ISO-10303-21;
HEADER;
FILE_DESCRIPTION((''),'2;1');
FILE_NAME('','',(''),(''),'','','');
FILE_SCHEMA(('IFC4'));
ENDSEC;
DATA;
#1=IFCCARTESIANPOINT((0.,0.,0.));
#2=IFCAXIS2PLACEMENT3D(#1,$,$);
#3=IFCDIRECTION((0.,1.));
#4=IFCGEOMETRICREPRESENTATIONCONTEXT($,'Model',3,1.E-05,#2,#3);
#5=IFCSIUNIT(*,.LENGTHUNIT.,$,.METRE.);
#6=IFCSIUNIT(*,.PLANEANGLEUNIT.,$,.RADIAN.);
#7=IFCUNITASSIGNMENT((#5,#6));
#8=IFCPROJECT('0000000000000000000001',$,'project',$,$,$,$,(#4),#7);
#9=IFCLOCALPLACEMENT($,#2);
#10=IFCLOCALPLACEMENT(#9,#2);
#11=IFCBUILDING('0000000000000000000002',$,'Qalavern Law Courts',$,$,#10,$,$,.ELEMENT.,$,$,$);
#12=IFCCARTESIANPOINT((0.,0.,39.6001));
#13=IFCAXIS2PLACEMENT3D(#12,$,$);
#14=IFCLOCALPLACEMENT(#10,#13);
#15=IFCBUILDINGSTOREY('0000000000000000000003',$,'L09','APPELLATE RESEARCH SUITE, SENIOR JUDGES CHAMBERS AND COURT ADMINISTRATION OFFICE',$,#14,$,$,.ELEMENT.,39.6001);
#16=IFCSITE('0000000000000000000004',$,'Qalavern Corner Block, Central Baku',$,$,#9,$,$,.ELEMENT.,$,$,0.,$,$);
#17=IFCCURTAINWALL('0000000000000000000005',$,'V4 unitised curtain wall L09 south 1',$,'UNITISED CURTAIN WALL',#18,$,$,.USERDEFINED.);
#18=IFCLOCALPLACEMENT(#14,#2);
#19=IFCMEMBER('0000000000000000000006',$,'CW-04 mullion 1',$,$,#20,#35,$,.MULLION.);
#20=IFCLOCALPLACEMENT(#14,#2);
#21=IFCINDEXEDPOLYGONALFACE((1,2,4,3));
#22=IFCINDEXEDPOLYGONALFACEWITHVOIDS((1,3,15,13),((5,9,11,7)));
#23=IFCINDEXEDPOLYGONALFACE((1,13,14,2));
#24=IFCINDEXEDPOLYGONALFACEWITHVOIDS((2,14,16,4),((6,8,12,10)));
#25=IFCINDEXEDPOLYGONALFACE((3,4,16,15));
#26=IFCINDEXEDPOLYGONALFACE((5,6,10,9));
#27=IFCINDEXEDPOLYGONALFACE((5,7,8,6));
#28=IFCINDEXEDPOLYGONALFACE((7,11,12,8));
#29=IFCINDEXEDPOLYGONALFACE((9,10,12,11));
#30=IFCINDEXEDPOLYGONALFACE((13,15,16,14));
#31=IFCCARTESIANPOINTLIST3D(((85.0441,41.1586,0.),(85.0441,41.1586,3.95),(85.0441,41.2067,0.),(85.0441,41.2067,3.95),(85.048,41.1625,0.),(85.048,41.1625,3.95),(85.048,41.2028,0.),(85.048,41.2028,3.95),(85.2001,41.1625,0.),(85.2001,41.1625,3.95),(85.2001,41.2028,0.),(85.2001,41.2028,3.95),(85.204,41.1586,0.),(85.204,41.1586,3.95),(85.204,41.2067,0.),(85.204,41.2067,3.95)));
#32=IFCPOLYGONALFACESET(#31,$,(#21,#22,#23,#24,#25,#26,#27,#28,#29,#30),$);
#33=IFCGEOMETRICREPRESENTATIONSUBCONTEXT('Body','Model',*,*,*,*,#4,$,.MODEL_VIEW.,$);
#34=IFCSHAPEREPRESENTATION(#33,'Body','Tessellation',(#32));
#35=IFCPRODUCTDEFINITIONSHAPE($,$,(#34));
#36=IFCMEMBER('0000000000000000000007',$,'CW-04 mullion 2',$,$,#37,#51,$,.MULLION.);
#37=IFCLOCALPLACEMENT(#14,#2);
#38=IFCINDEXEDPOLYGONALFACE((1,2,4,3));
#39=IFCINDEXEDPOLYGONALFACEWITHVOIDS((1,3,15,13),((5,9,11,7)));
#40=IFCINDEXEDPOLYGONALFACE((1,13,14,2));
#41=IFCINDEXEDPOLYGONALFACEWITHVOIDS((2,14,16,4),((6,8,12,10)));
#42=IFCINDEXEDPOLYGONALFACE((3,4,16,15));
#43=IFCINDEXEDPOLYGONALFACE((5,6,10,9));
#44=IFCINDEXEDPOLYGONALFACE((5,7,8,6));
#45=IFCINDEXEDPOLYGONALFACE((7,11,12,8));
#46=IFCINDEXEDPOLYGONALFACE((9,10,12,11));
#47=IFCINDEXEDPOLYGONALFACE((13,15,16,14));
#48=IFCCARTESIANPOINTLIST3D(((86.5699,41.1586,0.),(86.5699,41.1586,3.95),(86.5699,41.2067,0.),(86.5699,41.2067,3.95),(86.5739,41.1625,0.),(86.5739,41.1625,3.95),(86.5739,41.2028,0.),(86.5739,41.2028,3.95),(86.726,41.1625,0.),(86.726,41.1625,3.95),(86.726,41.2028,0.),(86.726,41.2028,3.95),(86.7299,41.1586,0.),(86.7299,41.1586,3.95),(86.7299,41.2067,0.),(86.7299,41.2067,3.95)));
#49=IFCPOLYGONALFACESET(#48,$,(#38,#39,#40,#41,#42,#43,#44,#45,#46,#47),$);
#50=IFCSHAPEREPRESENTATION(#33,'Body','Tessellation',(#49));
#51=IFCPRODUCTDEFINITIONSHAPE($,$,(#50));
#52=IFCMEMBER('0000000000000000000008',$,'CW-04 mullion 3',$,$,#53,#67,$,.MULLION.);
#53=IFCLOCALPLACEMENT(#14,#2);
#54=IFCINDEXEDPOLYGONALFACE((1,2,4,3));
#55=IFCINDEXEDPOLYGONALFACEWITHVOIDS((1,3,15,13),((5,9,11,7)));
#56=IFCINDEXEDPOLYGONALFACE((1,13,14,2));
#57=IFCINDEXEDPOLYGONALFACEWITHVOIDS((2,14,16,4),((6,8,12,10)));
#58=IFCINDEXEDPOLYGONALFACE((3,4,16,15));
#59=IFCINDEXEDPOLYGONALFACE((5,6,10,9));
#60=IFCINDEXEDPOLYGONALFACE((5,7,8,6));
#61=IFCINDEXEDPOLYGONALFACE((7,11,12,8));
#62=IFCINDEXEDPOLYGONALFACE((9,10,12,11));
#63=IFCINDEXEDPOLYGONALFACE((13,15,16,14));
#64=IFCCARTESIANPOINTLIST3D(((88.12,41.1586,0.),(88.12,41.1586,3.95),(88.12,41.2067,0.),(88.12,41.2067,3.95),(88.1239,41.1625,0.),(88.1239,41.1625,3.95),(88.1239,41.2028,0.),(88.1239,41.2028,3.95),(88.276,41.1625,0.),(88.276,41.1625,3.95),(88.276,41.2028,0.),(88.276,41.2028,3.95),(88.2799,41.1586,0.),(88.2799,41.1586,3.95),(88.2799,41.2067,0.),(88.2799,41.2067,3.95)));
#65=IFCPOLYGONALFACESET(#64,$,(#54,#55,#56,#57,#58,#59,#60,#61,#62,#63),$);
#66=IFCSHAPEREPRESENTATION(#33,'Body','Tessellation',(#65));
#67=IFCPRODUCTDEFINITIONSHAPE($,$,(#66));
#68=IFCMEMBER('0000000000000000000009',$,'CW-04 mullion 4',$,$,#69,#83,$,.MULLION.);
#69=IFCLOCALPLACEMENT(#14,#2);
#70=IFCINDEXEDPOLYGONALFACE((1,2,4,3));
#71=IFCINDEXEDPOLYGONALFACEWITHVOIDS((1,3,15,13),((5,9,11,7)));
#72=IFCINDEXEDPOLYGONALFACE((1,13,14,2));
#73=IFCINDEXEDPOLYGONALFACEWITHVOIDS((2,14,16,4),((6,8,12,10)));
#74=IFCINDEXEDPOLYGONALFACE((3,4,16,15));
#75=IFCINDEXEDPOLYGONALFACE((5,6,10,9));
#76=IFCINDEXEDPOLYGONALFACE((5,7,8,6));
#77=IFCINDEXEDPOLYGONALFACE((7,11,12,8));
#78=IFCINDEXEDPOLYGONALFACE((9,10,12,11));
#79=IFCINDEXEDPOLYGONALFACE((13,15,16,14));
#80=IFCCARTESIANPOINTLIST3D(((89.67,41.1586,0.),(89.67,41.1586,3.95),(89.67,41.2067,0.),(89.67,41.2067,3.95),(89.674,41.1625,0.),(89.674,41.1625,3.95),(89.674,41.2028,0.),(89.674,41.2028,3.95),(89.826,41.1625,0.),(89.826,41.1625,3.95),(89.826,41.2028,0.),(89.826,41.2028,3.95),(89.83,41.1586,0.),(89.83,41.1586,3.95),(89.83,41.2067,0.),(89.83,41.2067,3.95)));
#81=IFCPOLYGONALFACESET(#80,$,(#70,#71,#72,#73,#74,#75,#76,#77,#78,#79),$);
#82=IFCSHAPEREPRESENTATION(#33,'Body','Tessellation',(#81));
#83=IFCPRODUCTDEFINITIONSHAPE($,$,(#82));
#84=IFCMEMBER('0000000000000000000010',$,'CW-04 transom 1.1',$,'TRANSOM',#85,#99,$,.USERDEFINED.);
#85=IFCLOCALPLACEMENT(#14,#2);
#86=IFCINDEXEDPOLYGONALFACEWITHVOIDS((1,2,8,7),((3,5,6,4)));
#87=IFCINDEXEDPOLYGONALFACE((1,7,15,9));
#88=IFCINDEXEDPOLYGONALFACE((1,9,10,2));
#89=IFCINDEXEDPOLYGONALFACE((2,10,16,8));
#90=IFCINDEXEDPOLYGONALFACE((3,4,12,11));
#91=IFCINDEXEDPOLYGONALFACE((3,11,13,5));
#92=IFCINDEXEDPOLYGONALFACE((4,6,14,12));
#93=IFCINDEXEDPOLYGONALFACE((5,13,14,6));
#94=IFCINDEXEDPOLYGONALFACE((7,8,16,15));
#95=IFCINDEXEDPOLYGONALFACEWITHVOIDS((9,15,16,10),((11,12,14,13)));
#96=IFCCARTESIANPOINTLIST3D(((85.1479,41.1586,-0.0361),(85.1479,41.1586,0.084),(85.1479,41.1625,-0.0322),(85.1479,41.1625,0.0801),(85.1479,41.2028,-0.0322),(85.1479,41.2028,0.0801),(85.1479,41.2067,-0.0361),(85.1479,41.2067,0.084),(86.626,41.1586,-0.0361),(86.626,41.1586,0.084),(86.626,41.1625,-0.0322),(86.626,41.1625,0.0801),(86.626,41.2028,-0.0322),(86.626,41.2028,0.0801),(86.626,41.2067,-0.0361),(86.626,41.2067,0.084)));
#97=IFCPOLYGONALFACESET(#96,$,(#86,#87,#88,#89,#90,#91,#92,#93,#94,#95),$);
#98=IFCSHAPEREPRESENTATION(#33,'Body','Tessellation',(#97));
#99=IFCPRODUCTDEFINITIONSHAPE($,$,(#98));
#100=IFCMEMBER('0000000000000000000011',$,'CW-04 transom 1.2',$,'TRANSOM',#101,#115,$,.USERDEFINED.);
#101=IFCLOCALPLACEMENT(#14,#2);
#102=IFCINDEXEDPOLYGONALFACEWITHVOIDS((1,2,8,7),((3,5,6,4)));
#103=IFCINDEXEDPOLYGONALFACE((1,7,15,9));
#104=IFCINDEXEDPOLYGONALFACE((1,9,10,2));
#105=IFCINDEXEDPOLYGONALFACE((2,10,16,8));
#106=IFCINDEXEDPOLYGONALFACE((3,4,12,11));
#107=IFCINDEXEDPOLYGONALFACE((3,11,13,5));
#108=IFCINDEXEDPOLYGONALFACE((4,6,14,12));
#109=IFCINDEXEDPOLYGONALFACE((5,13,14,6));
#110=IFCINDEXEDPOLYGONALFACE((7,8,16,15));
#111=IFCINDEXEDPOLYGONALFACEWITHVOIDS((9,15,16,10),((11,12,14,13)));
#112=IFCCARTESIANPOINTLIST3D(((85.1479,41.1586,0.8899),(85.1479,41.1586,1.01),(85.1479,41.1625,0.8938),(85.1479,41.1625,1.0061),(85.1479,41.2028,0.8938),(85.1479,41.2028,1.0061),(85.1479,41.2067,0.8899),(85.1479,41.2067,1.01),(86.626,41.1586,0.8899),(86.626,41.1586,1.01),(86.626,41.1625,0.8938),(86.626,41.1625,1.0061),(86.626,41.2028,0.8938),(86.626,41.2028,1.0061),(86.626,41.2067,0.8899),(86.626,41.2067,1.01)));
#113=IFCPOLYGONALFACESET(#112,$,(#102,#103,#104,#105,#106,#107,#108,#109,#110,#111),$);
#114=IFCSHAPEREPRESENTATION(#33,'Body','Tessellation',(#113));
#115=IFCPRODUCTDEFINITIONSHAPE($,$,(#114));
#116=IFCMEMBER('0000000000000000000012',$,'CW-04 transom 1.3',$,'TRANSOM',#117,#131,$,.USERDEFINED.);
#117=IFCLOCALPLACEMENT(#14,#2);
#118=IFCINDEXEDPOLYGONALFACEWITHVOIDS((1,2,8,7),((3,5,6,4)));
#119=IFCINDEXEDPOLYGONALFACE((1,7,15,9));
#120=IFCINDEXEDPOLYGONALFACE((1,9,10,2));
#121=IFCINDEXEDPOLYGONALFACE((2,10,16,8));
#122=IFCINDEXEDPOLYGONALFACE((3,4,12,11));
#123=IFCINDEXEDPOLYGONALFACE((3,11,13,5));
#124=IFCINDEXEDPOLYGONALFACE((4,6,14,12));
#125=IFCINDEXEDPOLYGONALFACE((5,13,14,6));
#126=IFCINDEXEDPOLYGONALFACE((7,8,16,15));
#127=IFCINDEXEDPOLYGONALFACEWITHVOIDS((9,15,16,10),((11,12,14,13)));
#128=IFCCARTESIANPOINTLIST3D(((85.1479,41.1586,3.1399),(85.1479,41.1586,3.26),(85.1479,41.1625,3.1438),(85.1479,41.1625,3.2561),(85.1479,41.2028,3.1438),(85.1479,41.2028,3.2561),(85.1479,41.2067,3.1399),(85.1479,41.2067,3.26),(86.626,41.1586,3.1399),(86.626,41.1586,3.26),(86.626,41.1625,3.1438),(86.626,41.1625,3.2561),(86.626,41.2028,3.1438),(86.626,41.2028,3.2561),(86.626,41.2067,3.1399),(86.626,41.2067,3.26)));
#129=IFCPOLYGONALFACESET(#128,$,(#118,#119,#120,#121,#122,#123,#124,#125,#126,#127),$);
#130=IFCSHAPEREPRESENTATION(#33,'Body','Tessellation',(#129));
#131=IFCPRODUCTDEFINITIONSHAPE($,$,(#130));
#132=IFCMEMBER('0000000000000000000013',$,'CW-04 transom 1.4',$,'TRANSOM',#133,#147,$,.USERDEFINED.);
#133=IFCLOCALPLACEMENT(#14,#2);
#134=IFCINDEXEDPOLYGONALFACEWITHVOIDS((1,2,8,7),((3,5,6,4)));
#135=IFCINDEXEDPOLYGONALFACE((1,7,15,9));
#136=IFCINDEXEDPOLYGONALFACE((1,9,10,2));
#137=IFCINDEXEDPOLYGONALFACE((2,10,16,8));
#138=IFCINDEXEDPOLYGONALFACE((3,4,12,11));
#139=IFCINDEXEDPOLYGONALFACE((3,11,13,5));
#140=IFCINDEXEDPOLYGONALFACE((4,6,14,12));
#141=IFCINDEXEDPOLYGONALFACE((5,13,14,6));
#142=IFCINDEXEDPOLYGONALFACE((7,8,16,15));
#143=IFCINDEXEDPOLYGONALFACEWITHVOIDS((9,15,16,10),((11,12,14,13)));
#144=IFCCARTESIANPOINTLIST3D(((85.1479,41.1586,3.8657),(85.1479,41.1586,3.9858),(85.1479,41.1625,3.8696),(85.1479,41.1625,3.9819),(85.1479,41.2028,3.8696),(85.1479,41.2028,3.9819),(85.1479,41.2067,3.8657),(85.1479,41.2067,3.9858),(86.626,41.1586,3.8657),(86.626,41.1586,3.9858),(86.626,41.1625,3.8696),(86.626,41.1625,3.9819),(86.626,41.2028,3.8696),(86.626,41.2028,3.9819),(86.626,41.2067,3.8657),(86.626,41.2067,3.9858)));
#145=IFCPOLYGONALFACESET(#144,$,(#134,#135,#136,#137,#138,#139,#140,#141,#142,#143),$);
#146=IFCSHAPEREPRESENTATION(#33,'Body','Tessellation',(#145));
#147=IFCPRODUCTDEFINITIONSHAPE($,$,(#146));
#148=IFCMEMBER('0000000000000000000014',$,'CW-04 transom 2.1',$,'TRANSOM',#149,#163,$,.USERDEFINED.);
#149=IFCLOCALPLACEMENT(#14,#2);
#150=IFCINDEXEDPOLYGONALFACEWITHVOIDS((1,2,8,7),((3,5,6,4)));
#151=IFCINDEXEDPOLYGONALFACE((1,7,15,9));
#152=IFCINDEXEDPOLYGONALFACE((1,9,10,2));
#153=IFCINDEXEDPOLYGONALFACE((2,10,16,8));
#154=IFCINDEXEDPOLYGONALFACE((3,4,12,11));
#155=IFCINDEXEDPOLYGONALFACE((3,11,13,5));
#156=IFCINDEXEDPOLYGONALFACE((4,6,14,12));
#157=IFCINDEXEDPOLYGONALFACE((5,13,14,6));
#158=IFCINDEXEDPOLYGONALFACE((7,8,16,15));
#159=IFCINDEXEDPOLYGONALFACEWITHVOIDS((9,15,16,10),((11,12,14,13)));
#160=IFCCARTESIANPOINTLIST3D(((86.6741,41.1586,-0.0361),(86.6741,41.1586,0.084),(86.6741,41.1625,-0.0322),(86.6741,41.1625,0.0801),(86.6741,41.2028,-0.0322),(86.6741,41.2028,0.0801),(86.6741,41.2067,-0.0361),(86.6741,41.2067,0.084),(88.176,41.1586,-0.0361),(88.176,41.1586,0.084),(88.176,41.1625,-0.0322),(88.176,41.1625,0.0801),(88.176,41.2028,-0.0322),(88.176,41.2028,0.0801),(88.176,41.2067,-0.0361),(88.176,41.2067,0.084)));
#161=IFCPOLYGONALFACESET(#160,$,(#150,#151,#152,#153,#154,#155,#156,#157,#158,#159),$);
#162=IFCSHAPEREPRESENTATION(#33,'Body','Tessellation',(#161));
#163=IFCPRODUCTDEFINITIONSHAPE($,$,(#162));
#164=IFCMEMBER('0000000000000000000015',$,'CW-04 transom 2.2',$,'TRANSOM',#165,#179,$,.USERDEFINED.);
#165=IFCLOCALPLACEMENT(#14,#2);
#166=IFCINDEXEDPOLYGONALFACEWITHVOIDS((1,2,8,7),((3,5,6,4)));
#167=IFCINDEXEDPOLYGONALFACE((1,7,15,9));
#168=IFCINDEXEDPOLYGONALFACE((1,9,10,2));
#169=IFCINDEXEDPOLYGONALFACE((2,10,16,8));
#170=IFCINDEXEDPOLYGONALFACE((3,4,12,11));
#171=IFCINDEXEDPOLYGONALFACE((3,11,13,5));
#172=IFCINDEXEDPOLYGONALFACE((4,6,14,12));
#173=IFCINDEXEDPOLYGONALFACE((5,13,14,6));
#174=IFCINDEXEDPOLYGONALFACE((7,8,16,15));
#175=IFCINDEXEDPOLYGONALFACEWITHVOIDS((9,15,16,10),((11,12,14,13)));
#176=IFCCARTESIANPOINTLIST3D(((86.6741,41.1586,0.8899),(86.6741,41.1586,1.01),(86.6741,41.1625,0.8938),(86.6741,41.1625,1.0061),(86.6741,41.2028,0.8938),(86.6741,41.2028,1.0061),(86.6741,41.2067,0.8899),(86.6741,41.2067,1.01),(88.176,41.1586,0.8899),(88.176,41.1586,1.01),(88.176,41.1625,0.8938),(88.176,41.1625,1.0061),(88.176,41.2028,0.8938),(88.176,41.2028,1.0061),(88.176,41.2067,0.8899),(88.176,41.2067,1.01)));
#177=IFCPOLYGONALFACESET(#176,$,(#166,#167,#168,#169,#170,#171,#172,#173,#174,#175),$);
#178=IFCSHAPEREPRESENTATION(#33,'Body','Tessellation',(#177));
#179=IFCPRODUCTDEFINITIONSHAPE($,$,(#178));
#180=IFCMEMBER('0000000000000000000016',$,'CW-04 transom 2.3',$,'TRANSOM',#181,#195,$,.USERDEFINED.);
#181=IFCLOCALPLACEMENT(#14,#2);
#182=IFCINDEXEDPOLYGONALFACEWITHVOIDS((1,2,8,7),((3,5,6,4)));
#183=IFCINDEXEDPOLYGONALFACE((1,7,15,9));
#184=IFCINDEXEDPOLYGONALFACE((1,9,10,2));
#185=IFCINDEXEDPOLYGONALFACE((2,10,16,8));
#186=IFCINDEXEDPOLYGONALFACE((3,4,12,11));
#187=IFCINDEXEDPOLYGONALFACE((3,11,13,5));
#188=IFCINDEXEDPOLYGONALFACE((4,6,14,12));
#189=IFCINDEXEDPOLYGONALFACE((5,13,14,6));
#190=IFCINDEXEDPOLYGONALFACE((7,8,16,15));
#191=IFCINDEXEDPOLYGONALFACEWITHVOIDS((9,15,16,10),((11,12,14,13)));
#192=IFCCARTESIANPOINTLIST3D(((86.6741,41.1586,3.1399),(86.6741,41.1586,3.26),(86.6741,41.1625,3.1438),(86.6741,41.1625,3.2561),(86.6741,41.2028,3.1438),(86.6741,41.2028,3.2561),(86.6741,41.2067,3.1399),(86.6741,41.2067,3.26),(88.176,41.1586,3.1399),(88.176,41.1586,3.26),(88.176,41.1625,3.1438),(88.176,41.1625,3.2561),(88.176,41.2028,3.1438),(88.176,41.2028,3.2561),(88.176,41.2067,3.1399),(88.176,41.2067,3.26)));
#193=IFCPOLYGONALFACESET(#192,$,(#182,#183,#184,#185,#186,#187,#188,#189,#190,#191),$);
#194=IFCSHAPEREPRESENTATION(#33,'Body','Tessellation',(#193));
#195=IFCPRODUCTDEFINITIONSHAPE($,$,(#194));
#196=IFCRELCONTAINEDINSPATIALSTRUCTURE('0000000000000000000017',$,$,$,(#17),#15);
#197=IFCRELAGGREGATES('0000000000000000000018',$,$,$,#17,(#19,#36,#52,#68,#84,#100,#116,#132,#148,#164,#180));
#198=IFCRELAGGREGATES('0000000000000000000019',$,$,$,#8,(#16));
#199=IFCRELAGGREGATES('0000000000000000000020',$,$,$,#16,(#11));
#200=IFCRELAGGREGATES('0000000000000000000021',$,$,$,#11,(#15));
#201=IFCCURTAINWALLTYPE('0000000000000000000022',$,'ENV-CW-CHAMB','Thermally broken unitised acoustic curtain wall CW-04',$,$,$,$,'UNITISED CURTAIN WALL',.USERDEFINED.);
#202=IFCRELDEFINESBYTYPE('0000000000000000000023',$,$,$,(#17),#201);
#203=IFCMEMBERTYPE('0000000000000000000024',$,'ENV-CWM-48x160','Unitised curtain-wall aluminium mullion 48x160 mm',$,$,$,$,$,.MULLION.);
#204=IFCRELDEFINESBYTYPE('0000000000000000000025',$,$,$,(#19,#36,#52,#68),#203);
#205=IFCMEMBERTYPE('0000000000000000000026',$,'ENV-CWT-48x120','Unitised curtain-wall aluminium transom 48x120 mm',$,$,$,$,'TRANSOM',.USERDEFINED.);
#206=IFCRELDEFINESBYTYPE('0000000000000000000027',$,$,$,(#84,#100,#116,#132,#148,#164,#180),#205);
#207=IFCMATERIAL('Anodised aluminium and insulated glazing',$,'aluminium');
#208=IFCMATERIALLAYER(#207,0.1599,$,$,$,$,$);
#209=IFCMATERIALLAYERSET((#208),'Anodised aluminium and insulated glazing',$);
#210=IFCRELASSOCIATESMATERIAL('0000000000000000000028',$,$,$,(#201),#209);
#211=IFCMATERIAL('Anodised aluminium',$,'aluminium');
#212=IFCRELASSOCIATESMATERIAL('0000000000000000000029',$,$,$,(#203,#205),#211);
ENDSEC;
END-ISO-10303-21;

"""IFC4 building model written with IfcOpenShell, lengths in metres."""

from ifc_helpers import new_model, si_unit, direction, frame, origin, origin_2d, place, context, subcontext, project, spatial, hollow_rectangle, extrude, material, layer, layer_set, material_profile, profile_set, type_object, element, aggregate, save


model = new_model("IFC4")

# Units and contexts
model_context = context("Model", 3, precision=1e-05, world=origin(), true_north=direction((0.0, 1.0)))
body_context = subcontext(model_context, "Body", "Model", "MODEL_VIEW")
ifc_project = project(units=[si_unit("LENGTHUNIT", "METRE"), si_unit("PLANEANGLEUNIT", "RADIAN")], contexts=[model_context])

# Site, building, storey
site_placement = place(None, origin())
site = spatial("IfcSite", under=ifc_project, at=site_placement, Name="Qalavern Corner Block, Central Baku", CompositionType="ELEMENT", RefElevation=0.0)
building_placement = place(site_placement, origin())
building = spatial("IfcBuilding", under=site, at=building_placement, Name="Qalavern Law Courts", CompositionType="ELEMENT")
storey_placement = place(building_placement, frame((0.0, 0.0, 39.6001)))
storey = spatial("IfcBuildingStorey", under=building, at=storey_placement, Name="L09", Description="APPELLATE RESEARCH SUITE, SENIOR JUDGES CHAMBERS AND COURT ADMINISTRATION OFFICE", CompositionType="ELEMENT", Elevation=39.6001)

# Curtain wall, members
ifc_material_1 = material(Name="Anodised aluminium and insulated glazing", Category="aluminium")
ifc_layer_1 = layer(ifc_material_1, 0.1599)
ifc_layer_set_1 = layer_set([ifc_layer_1], Name="Anodised aluminium and insulated glazing")
curtain_wall_type = type_object("IfcCurtainWallType", Name="ENV-CW-CHAMB", Description="Thermally broken unitised acoustic curtain wall CW-04", ElementType="UNITISED CURTAIN WALL", PredefinedType="USERDEFINED", material=ifc_layer_set_1)
curtain_wall_placement = place(storey_placement, origin())
curtain_wall = element("IfcCurtainWall", 1, at=curtain_wall_placement, inside=storey, type_object=curtain_wall_type, Name="V4 unitised curtain wall L09 south 1", ObjectType="UNITISED CURTAIN WALL", PredefinedType="USERDEFINED")
ifc_material_2 = material(Name="Anodised aluminium", Category="aluminium")
ifc_material_profile_1 = material_profile(ifc_material_2, hollow_rectangle(XDim=0.0481, YDim=0.1599, WallThickness=0.0039, at=origin_2d()), Name="ALU MULLION 48x160")
ifc_profile_set_1 = profile_set([ifc_material_profile_1], Name="Anodised aluminium")
member_type_1 = type_object("IfcMemberType", Name="ENV-CWM-48x160", Description="Unitised curtain-wall aluminium mullion 48x160 mm", PredefinedType="MULLION", material=ifc_profile_set_1)
member_1_placement = place(storey_placement, frame((85.124, 41.1826, 0.0), z_axis=(0.0, 0.0, 1.0), x_axis=(0.0, 1.0, 0.0)))
member_1 = element("IfcMember", 2, at=member_1_placement, type_object=member_type_1, Name="CW-04 mullion 1", PredefinedType="MULLION", context=body_context, shape_type="SweptSolid", body=[
    extrude(hollow_rectangle(XDim=0.0481, YDim=0.1599, WallThickness=0.0039, at=origin_2d()), origin(), (0.0, 0.0, 1.0), 3.95),
])
member_2_placement = place(storey_placement, frame((86.6499, 41.1826, 0.0), z_axis=(0.0, 0.0, 1.0), x_axis=(0.0, 1.0, 0.0)))
member_2 = element("IfcMember", 3, at=member_2_placement, type_object=member_type_1, Name="CW-04 mullion 2", PredefinedType="MULLION", context=body_context, shape_type="SweptSolid", body=[
    extrude(hollow_rectangle(XDim=0.0481, YDim=0.1599, WallThickness=0.0039, at=origin_2d()), origin(), (0.0, 0.0, 1.0), 3.95),
])
member_3_placement = place(storey_placement, frame((88.2, 41.1826, 0.0), z_axis=(0.0, 0.0, 1.0), x_axis=(0.0, 1.0, 0.0)))
member_3 = element("IfcMember", 4, at=member_3_placement, type_object=member_type_1, Name="CW-04 mullion 3", PredefinedType="MULLION", context=body_context, shape_type="SweptSolid", body=[
    extrude(hollow_rectangle(XDim=0.0481, YDim=0.1599, WallThickness=0.0039, at=origin_2d()), origin(), (0.0, 0.0, 1.0), 3.95),
])
member_4_placement = place(storey_placement, frame((89.75, 41.1826, 0.0), z_axis=(0.0, 0.0, 1.0), x_axis=(0.0, 1.0, 0.0)))
member_4 = element("IfcMember", 5, at=member_4_placement, type_object=member_type_1, Name="CW-04 mullion 4", PredefinedType="MULLION", context=body_context, shape_type="SweptSolid", body=[
    extrude(hollow_rectangle(XDim=0.0481, YDim=0.1599, WallThickness=0.0039, at=origin_2d()), origin(), (0.0, 0.0, 1.0), 3.95),
])
ifc_material_profile_2 = material_profile(ifc_material_2, hollow_rectangle(XDim=0.0481, YDim=0.1201, WallThickness=0.0039, at=origin_2d()), Name="ALU TRANSOM 48x120")
ifc_profile_set_2 = profile_set([ifc_material_profile_2], Name="Anodised aluminium")
member_type_2 = type_object("IfcMemberType", Name="ENV-CWT-48x120", Description="Unitised curtain-wall aluminium transom 48x120 mm", ElementType="TRANSOM", PredefinedType="USERDEFINED", material=ifc_profile_set_2)
member_5_placement = place(storey_placement, frame((85.1479, 41.1826, 0.0239), z_axis=(1.0, 0.0, 0.0), x_axis=(0.0, 1.0, 0.0)))
member_5 = element("IfcMember", 6, at=member_5_placement, type_object=member_type_2, Name="CW-04 transom 1.1", ObjectType="TRANSOM", PredefinedType="USERDEFINED", context=body_context, shape_type="SweptSolid", body=[
    extrude(hollow_rectangle(XDim=0.0481, YDim=0.1201, WallThickness=0.0039, at=origin_2d()), origin(), (0.0, 0.0, 1.0), 1.478),
])
member_6_placement = place(storey_placement, frame((85.1479, 41.1826, 0.95), z_axis=(1.0, 0.0, 0.0), x_axis=(0.0, 1.0, 0.0)))
member_6 = element("IfcMember", 7, at=member_6_placement, type_object=member_type_2, Name="CW-04 transom 1.2", ObjectType="TRANSOM", PredefinedType="USERDEFINED", context=body_context, shape_type="SweptSolid", body=[
    extrude(hollow_rectangle(XDim=0.0481, YDim=0.1201, WallThickness=0.0039, at=origin_2d()), origin(), (0.0, 0.0, 1.0), 1.478),
])
member_7_placement = place(storey_placement, frame((85.1479, 41.1826, 3.2), z_axis=(1.0, 0.0, 0.0), x_axis=(0.0, 1.0, 0.0)))
member_7 = element("IfcMember", 8, at=member_7_placement, type_object=member_type_2, Name="CW-04 transom 1.3", ObjectType="TRANSOM", PredefinedType="USERDEFINED", context=body_context, shape_type="SweptSolid", body=[
    extrude(hollow_rectangle(XDim=0.0481, YDim=0.1201, WallThickness=0.0039, at=origin_2d()), origin(), (0.0, 0.0, 1.0), 1.478),
])
member_8_placement = place(storey_placement, frame((85.1479, 41.1826, 3.9258), z_axis=(1.0, 0.0, 0.0), x_axis=(0.0, 1.0, 0.0)))
member_8 = element("IfcMember", 9, at=member_8_placement, type_object=member_type_2, Name="CW-04 transom 1.4", ObjectType="TRANSOM", PredefinedType="USERDEFINED", context=body_context, shape_type="SweptSolid", body=[
    extrude(hollow_rectangle(XDim=0.0481, YDim=0.1201, WallThickness=0.0039, at=origin_2d()), origin(), (0.0, 0.0, 1.0), 1.478),
])
member_9_placement = place(storey_placement, frame((86.6741, 41.1826, 0.0239), z_axis=(1.0, 0.0, 0.0), x_axis=(0.0, 1.0, 0.0)))
member_9 = element("IfcMember", 10, at=member_9_placement, type_object=member_type_2, Name="CW-04 transom 2.1", ObjectType="TRANSOM", PredefinedType="USERDEFINED", context=body_context, shape_type="SweptSolid", body=[
    extrude(hollow_rectangle(XDim=0.0481, YDim=0.1201, WallThickness=0.0039, at=origin_2d()), origin(), (0.0, 0.0, 1.0), 1.502),
])
member_10_placement = place(storey_placement, frame((86.6741, 41.1826, 0.95), z_axis=(1.0, 0.0, 0.0), x_axis=(0.0, 1.0, 0.0)))
member_10 = element("IfcMember", 11, at=member_10_placement, type_object=member_type_2, Name="CW-04 transom 2.2", ObjectType="TRANSOM", PredefinedType="USERDEFINED", context=body_context, shape_type="SweptSolid", body=[
    extrude(hollow_rectangle(XDim=0.0481, YDim=0.1201, WallThickness=0.0039, at=origin_2d()), origin(), (0.0, 0.0, 1.0), 1.502),
])
member_11_placement = place(storey_placement, frame((86.6741, 41.1826, 3.2), z_axis=(1.0, 0.0, 0.0), x_axis=(0.0, 1.0, 0.0)))
member_11 = element("IfcMember", 12, at=member_11_placement, type_object=member_type_2, Name="CW-04 transom 2.3", ObjectType="TRANSOM", PredefinedType="USERDEFINED", context=body_context, shape_type="SweptSolid", body=[
    extrude(hollow_rectangle(XDim=0.0481, YDim=0.1201, WallThickness=0.0039, at=origin_2d()), origin(), (0.0, 0.0, 1.0), 1.502),
])
aggregate(curtain_wall, [member_1, member_2, member_3, member_4, member_5, member_6, member_7, member_8, member_9, member_10, member_11])

save(model, "model.ifc")
